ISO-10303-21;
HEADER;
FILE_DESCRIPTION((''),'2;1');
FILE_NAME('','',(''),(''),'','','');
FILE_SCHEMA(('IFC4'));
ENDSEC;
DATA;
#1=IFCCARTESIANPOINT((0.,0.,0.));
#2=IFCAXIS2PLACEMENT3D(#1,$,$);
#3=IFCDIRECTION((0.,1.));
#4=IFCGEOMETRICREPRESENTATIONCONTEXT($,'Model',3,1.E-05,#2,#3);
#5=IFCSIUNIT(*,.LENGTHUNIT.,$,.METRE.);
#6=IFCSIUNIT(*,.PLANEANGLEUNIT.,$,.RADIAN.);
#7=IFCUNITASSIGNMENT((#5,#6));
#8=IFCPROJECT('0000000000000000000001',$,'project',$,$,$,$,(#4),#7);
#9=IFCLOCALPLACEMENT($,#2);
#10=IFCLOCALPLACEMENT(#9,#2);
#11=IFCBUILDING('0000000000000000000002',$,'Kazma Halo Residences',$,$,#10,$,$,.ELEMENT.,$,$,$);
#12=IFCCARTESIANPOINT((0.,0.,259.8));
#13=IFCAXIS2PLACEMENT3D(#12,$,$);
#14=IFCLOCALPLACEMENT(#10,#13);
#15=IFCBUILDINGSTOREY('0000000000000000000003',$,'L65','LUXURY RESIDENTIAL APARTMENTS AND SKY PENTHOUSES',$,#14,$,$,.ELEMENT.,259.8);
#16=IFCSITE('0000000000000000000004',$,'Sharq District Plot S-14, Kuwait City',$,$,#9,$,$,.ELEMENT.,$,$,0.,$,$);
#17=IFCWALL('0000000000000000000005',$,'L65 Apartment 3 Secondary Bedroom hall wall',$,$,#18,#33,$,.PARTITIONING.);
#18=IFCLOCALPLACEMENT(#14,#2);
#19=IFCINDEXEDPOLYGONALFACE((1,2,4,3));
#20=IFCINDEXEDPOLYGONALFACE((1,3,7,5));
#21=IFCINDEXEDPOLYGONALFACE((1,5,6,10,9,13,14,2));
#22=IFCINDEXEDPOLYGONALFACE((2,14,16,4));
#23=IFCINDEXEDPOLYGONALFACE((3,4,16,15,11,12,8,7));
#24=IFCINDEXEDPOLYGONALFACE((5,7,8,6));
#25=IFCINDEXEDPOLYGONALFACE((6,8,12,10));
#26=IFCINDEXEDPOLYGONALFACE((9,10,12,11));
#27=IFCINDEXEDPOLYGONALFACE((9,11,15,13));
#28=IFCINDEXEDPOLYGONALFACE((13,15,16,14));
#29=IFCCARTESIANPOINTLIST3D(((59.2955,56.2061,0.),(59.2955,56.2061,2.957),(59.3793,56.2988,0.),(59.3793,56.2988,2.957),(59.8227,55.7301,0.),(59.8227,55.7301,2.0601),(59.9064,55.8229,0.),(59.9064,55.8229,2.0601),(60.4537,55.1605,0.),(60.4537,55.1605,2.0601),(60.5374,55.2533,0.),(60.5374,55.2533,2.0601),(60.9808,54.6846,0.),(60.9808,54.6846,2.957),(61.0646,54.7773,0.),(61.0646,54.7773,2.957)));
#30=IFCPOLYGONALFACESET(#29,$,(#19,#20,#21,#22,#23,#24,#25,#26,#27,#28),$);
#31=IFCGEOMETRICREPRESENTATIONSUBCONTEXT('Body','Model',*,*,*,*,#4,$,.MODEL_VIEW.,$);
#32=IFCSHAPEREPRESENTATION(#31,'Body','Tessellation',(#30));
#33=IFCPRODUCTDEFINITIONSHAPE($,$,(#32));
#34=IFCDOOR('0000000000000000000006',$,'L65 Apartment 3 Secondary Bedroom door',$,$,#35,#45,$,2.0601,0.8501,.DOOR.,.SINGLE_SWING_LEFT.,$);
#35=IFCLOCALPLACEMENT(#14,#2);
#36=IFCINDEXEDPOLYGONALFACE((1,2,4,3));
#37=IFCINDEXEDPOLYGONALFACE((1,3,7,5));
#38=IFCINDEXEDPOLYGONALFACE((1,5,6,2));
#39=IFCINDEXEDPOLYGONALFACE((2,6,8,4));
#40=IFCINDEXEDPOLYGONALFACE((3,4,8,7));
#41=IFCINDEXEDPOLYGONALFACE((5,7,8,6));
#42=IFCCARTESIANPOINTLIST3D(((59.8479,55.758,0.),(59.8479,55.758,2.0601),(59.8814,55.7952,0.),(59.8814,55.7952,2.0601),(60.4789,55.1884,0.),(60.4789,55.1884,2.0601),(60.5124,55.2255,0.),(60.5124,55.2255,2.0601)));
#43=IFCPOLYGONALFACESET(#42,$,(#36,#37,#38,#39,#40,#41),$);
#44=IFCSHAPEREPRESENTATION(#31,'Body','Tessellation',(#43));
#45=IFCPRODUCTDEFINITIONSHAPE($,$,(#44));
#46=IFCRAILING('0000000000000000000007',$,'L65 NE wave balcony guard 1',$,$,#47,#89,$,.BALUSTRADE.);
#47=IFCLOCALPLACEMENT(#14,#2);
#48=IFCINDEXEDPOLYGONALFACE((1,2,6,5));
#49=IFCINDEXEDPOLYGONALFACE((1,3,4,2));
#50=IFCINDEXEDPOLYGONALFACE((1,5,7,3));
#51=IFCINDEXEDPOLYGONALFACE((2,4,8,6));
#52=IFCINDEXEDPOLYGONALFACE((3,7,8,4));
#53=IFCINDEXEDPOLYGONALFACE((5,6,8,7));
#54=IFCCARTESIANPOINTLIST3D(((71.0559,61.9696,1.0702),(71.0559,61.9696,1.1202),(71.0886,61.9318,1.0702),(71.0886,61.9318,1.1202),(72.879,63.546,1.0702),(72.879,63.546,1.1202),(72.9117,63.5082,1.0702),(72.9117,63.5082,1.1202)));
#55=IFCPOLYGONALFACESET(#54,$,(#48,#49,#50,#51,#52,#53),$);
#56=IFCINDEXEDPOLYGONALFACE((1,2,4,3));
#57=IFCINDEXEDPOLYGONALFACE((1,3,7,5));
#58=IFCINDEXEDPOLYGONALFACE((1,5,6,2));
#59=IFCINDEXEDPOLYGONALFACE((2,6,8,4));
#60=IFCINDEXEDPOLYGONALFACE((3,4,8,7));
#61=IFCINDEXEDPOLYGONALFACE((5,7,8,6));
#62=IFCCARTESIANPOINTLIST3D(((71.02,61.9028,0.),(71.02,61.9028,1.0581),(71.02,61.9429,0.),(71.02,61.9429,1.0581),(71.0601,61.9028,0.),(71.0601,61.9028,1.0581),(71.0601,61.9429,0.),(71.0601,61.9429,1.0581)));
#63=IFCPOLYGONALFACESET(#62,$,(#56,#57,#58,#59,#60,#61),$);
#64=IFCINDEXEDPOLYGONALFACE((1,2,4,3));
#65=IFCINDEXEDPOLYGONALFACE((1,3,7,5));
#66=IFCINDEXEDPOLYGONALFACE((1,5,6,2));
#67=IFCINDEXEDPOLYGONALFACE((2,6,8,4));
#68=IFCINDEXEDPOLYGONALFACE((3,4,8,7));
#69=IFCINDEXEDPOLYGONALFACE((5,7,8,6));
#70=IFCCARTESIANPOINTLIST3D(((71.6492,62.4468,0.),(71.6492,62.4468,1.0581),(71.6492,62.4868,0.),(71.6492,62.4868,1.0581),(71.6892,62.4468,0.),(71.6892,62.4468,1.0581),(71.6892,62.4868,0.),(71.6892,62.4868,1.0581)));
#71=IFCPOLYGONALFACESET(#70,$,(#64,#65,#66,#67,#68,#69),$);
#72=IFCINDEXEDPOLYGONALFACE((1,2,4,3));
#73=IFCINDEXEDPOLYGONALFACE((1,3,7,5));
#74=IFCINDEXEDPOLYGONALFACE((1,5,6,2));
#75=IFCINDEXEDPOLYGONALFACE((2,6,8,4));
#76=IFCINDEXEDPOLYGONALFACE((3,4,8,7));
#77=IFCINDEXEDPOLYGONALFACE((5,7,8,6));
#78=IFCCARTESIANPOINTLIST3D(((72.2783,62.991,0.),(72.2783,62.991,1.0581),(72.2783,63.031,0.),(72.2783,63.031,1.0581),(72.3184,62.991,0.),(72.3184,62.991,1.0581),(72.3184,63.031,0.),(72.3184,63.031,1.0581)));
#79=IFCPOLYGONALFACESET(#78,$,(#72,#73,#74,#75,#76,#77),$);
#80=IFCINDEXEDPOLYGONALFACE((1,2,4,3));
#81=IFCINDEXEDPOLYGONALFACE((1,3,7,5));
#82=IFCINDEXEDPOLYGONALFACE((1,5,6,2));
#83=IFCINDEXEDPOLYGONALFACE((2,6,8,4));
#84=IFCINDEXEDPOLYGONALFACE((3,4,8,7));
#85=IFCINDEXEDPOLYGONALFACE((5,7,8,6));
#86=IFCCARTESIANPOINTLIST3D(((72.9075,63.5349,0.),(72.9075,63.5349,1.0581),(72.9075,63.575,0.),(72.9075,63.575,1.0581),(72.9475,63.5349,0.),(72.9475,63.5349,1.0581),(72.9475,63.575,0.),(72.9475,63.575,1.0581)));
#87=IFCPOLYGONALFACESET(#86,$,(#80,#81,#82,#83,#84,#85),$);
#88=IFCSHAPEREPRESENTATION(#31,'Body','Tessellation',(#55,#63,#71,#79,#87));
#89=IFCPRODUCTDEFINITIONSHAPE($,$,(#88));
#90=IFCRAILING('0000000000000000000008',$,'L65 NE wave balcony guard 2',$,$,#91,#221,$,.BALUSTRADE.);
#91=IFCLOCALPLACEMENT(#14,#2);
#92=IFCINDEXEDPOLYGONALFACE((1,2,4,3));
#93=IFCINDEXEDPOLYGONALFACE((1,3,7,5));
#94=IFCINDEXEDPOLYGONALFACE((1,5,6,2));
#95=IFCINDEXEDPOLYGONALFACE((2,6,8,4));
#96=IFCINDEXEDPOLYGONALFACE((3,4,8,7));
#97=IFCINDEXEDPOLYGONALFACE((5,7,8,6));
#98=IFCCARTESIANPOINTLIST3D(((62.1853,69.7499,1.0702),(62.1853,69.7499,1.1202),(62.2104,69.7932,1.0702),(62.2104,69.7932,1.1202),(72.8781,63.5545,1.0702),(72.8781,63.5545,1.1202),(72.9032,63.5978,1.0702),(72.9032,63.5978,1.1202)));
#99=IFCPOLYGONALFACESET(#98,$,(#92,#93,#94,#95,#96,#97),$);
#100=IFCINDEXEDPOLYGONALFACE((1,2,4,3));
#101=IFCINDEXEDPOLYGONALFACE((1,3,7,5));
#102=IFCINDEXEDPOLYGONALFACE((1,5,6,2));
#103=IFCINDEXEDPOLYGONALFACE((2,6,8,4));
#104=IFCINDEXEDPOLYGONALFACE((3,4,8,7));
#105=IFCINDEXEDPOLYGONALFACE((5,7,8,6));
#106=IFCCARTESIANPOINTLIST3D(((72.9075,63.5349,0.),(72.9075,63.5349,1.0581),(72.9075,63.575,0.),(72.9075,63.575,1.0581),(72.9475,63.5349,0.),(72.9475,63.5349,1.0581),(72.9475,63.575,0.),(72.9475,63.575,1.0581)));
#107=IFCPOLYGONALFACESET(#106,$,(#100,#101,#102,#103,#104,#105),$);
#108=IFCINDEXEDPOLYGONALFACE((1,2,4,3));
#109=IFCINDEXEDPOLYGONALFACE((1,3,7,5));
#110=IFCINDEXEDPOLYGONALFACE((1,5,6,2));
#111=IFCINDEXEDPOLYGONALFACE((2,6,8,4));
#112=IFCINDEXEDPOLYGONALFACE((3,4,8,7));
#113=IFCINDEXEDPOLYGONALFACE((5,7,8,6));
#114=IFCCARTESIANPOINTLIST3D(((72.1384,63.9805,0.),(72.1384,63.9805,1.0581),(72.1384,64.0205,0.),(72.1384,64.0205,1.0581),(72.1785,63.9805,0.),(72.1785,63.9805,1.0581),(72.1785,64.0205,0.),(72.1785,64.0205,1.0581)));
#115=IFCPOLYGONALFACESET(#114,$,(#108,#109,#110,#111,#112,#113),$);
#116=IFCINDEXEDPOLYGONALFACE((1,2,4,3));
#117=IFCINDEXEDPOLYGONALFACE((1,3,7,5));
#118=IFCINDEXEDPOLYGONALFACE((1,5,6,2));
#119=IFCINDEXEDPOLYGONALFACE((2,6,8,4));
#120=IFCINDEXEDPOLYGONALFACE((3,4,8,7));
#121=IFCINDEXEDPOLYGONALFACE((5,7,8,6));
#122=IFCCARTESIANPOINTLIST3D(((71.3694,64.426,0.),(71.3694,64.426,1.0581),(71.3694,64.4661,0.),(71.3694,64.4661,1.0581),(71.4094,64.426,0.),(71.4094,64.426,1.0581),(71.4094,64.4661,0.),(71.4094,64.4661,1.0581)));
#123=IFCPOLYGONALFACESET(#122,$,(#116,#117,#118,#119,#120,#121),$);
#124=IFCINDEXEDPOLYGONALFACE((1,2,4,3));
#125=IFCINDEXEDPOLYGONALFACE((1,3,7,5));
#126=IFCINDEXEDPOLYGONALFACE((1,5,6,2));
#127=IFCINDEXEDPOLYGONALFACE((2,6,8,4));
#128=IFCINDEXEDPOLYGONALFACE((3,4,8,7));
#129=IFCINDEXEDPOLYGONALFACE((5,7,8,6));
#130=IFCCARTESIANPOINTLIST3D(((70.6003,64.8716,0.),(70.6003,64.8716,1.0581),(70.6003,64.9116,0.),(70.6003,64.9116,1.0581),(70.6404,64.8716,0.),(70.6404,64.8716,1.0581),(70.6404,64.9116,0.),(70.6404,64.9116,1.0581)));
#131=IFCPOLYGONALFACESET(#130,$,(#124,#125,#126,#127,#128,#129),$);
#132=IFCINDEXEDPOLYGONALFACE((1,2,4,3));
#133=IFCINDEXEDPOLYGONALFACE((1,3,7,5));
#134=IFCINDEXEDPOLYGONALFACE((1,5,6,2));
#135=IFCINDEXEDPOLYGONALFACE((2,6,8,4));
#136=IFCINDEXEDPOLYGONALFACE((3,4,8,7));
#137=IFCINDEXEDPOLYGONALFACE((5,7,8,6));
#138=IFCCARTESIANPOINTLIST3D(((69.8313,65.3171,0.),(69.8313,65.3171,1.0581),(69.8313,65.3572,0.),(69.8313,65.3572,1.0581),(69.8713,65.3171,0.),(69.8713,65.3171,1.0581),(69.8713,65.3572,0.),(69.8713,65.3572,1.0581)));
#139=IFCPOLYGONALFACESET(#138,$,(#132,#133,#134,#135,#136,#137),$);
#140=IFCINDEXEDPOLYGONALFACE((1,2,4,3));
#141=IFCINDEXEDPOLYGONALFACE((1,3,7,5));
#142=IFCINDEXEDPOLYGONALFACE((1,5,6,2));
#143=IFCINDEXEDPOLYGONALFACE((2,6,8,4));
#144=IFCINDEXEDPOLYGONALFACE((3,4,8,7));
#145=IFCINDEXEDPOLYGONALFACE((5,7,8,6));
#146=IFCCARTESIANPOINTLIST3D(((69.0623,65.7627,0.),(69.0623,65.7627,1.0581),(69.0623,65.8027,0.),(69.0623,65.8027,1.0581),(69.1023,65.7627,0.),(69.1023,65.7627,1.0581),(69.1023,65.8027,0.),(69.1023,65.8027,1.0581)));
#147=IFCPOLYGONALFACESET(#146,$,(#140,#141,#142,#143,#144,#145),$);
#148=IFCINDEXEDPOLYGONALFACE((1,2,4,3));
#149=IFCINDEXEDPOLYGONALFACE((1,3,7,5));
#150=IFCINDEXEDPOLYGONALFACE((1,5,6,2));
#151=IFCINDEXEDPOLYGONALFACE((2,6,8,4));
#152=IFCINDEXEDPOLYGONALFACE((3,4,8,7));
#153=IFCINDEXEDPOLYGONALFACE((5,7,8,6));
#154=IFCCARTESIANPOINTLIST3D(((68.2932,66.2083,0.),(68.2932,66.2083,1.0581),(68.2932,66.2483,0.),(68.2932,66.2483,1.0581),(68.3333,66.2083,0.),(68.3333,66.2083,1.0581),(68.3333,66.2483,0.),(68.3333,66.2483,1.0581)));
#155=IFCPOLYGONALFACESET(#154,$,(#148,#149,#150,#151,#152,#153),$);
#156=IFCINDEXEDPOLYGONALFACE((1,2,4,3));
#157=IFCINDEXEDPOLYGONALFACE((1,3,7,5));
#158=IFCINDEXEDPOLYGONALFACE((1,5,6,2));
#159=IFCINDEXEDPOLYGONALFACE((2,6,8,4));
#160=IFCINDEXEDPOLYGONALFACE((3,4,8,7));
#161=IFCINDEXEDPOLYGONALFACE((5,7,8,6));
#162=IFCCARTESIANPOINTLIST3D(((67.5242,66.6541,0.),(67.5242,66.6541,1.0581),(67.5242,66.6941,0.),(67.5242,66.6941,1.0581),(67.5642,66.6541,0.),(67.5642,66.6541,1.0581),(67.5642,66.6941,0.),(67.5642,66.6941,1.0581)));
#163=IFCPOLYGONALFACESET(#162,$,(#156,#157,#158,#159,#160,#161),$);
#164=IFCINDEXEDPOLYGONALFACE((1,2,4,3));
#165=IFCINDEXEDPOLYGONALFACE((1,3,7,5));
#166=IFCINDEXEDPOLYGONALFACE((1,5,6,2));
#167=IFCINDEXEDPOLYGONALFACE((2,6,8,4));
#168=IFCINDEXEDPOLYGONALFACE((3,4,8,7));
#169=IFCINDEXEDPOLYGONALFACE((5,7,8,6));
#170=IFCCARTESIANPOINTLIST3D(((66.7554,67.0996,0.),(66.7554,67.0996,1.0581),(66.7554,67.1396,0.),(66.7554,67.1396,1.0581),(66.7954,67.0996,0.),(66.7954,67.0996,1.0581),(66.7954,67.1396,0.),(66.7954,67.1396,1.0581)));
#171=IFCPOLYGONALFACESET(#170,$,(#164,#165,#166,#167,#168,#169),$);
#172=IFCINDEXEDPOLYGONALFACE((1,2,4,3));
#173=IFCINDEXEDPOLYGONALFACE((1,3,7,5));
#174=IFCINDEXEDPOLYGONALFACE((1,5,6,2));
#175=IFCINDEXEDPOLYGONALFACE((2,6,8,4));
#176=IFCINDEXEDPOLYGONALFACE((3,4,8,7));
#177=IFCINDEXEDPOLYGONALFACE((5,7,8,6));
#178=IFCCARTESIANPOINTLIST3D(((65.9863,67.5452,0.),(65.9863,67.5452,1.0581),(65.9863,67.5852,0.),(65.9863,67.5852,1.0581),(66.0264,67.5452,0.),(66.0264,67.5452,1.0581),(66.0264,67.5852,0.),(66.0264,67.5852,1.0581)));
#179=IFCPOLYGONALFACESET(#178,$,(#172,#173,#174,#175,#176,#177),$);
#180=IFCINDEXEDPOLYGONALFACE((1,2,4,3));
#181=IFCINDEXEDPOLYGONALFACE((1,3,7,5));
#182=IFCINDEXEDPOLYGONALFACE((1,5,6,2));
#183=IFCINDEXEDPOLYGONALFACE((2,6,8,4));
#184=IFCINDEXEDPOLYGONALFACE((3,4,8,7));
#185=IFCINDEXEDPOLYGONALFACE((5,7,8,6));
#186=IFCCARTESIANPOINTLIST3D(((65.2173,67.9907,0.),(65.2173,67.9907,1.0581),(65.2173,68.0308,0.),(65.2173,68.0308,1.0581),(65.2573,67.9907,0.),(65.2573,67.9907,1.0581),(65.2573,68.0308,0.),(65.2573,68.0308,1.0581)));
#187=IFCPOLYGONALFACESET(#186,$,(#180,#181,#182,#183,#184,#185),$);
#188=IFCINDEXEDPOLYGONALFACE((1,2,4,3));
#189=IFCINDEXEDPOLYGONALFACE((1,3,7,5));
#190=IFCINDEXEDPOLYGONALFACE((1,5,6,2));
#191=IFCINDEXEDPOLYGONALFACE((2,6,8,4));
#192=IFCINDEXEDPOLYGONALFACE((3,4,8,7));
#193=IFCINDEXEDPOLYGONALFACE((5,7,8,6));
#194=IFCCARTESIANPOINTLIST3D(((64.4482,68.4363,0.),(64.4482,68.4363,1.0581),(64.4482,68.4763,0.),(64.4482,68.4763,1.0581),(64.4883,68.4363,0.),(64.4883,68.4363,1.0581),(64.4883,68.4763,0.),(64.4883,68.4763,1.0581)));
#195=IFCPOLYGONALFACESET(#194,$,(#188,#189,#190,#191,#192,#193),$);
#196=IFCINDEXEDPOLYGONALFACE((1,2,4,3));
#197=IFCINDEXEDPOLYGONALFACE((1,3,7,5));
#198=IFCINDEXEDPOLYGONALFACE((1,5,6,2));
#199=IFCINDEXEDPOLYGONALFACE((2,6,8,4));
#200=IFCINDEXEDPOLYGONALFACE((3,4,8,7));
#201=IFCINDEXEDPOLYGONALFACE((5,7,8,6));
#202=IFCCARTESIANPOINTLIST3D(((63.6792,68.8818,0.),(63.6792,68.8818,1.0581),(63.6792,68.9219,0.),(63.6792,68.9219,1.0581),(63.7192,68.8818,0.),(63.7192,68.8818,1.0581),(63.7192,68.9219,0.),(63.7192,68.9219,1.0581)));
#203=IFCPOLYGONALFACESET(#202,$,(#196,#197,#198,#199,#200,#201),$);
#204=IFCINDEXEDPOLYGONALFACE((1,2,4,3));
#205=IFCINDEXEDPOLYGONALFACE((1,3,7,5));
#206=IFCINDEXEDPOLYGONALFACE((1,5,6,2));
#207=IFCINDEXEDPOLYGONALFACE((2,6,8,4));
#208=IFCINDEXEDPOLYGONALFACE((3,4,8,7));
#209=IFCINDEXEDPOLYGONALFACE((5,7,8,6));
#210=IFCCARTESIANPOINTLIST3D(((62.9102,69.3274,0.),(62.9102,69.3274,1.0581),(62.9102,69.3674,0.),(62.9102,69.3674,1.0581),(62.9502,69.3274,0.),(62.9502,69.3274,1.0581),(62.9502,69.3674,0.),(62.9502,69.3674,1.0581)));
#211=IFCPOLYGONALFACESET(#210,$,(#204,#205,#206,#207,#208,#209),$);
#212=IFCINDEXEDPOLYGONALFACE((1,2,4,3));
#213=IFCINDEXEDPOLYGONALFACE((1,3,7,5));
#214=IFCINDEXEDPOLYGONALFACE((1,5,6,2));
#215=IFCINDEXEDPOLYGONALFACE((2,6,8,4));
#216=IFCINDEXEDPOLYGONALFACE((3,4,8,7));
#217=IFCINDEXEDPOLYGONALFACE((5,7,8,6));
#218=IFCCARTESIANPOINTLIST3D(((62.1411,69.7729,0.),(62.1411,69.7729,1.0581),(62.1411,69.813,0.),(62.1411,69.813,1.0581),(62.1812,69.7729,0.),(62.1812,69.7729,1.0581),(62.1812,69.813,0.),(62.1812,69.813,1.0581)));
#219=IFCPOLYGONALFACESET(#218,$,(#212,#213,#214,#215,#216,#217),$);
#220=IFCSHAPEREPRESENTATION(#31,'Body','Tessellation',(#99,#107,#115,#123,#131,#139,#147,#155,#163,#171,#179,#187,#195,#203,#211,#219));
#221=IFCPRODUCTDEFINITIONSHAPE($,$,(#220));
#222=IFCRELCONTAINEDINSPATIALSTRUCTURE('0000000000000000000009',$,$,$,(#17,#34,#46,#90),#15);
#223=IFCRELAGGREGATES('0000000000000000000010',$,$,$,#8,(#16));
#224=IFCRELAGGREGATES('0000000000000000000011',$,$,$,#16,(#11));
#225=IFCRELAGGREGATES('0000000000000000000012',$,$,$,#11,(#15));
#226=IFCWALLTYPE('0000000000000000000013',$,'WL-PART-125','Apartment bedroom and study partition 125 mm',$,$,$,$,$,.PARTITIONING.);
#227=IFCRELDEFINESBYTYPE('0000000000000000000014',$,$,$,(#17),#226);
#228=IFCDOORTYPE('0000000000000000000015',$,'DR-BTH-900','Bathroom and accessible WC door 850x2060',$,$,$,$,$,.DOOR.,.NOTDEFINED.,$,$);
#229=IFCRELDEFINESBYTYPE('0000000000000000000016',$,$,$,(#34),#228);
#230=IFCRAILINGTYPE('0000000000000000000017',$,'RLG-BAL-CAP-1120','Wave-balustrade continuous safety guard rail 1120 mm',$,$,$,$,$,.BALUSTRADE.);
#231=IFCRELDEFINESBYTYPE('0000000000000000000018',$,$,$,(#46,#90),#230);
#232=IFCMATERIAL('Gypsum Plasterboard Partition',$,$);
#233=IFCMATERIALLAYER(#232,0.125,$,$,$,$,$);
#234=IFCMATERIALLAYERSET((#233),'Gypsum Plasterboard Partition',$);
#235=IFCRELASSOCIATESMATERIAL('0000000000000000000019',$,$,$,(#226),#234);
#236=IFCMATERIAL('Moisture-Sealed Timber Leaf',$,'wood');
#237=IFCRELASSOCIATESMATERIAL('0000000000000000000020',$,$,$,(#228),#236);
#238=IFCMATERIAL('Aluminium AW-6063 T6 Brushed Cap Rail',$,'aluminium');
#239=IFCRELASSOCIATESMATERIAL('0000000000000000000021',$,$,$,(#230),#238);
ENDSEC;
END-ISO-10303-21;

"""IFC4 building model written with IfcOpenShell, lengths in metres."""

from ifc_helpers import new_model, si_unit, direction, frame, frame_2d, origin, origin_2d, place, context, subcontext, project, spatial, rectangle, extrude, material, layer, layer_set, type_object, element, fill, save


model = new_model("IFC4")

# Units and contexts
model_context = context("Model", 3, precision=1e-05, world=origin(), true_north=direction((0.0, 1.0)))
body_context = subcontext(model_context, "Body", "Model", "MODEL_VIEW")
ifc_project = project(units=[si_unit("LENGTHUNIT", "METRE"), si_unit("PLANEANGLEUNIT", "RADIAN")], contexts=[model_context])

# Site, building, storey
site_placement = place(None, origin())
site = spatial("IfcSite", under=ifc_project, at=site_placement, Name="Sharq District Plot S-14, Kuwait City", CompositionType="ELEMENT", RefElevation=0.0)
building_placement = place(site_placement, origin())
building = spatial("IfcBuilding", under=site, at=building_placement, Name="Kazma Halo Residences", CompositionType="ELEMENT")
storey_placement = place(building_placement, frame((0.0, 0.0, 259.8)))
storey = spatial("IfcBuildingStorey", under=building, at=storey_placement, Name="L65", Description="LUXURY RESIDENTIAL APARTMENTS AND SKY PENTHOUSES", CompositionType="ELEMENT", Elevation=259.8)

# Shared definitions
ifc_material_1 = material(Name="Gypsum Plasterboard Partition")
ifc_layer_1 = layer(ifc_material_1, 0.125)
ifc_layer_set_1 = layer_set([ifc_layer_1], Name="Gypsum Plasterboard Partition")
wall_type_1 = type_object("IfcWallType", Name="WL-PART-125", Description="Apartment bedroom and study partition 125 mm", PredefinedType="PARTITIONING", material=ifc_layer_set_1)

# Wall, opening, door
wall_1_placement = place(storey_placement, frame((61.0227, 54.731, 0.0), z_axis=(0.0, 0.0, 1.0), x_axis=(-0.742261, 0.67011, 0.0)))
wall_1 = element("IfcWall", 1, at=wall_1_placement, inside=storey, type_object=wall_type_1, Name="L65 Apartment 3 Secondary Bedroom hall wall", PredefinedType="PARTITIONING", context=body_context, shape_type="SweptSolid", body=[
    extrude(rectangle(XDim=2.2705, YDim=0.125, at=frame_2d((1.1353, 0.0))), origin(), (0.0, 0.0, 1.0), 2.957),
])
opening_1_placement = place(wall_1_placement, frame((0.7102, 0.0, 0.0)))
opening_1 = element("IfcOpeningElement", 2, at=opening_1_placement, cuts=wall_1, PredefinedType="OPENING", context=body_context, shape_type="SweptSolid", body=[
    extrude(rectangle(XDim=0.8501, YDim=2.0601, at=frame_2d((0.425, 1.03))), frame((0.0, 0.0725, 0.0), z_axis=(0.0, -1.0, 0.0), x_axis=(1.0, 0.0, 0.0)), (0.0, 0.0, 1.0), 0.145),
])
ifc_material_2 = material(Name="Moisture-Sealed Timber Leaf", Category="wood")
door_type_1 = type_object("IfcDoorType", Name="DR-BTH-900", Description="Bathroom and accessible WC door 850x2060", OperationType="NOTDEFINED", PredefinedType="DOOR", material=ifc_material_2)
door_1_placement = place(opening_1_placement, origin())
door_1 = element("IfcDoor", 3, at=door_1_placement, inside=storey, type_object=door_type_1, Name="L65 Apartment 3 Secondary Bedroom door", OperationType="SINGLE_SWING_LEFT", OverallHeight=2.0601, OverallWidth=0.8501, PredefinedType="DOOR", context=body_context, shape_type="SweptSolid", body=[
    extrude(rectangle(XDim=0.8501, YDim=2.0601, at=frame_2d((0.425, 1.03))), frame((0.0, 0.0249, 0.0), z_axis=(0.0, -1.0, 0.0), x_axis=(1.0, 0.0, 0.0)), (0.0, 0.0, 1.0), 0.05),
])
fill(opening_1, door_1)

# Railings
ifc_material_3 = material(Name="Aluminium AW-6063 T6 Brushed Cap Rail", Category="aluminium")
railing_type = type_object("IfcRailingType", Name="RLG-BAL-CAP-1120", Description="Wave-balustrade continuous safety guard rail 1120 mm", PredefinedType="BALUSTRADE", material=ifc_material_3)
railing_1_placement = place(storey_placement, frame((71.04, 61.9229, 0.0)))
element("IfcRailing", 4, at=railing_1_placement, inside=storey, type_object=railing_type, Name="L65 NE wave balcony guard 1", PredefinedType="BALUSTRADE", context=body_context, shape_type="SweptSolid", body=[
    extrude(rectangle(XDim=0.05, YDim=0.05, at=origin_2d()), frame((0.0322, 0.0278, 1.0952), z_axis=(0.756425, 0.654081, 0.0), x_axis=(-0.654081, 0.756425, 0.0)), (0.0, 0.0, 1.0), 2.4102),
    extrude(rectangle(XDim=0.04, YDim=0.04, at=origin_2d()), origin(), (0.0, 0.0, 1.0), 1.0581),
    extrude(rectangle(XDim=0.04, YDim=0.04, at=origin_2d()), frame((0.6292, 0.5439, 0.0)), (0.0, 0.0, 1.0), 1.0581),
    extrude(rectangle(XDim=0.04, YDim=0.04, at=origin_2d()), frame((1.2583, 1.0881, 0.0)), (0.0, 0.0, 1.0), 1.0581),
    extrude(rectangle(XDim=0.04, YDim=0.04, at=origin_2d()), frame((1.8875, 1.6321, 0.0)), (0.0, 0.0, 1.0), 1.0581),
])
railing_2_placement = place(storey_placement, frame((72.9275, 63.5549, 0.0)))
element("IfcRailing", 5, at=railing_2_placement, inside=storey, type_object=railing_type, Name="L65 NE wave balcony guard 2", PredefinedType="BALUSTRADE", context=body_context, shape_type="SweptSolid", body=[
    extrude(rectangle(XDim=0.05, YDim=0.05, at=origin_2d()), frame((-0.0369, 0.0212, 1.0952), z_axis=(-0.865256, 0.50133, 0.0), x_axis=(-0.50133, -0.865256, 0.0)), (0.0, 0.0, 1.0), 12.3579),
    extrude(rectangle(XDim=0.04, YDim=0.04, at=origin_2d()), origin(), (0.0, 0.0, 1.0), 1.0581),
    extrude(rectangle(XDim=0.04, YDim=0.04, at=origin_2d()), frame((-0.769, 0.4456, 0.0)), (0.0, 0.0, 1.0), 1.0581),
    extrude(rectangle(XDim=0.04, YDim=0.04, at=origin_2d()), frame((-1.5381, 0.8911, 0.0)), (0.0, 0.0, 1.0), 1.0581),
    extrude(rectangle(XDim=0.04, YDim=0.04, at=origin_2d()), frame((-2.3071, 1.3367, 0.0)), (0.0, 0.0, 1.0), 1.0581),
    extrude(rectangle(XDim=0.04, YDim=0.04, at=origin_2d()), frame((-3.0762, 1.7822, 0.0)), (0.0, 0.0, 1.0), 1.0581),
    extrude(rectangle(XDim=0.04, YDim=0.04, at=origin_2d()), frame((-3.8452, 2.2278, 0.0)), (0.0, 0.0, 1.0), 1.0581),
    extrude(rectangle(XDim=0.04, YDim=0.04, at=origin_2d()), frame((-4.6143, 2.6733, 0.0)), (0.0, 0.0, 1.0), 1.0581),
    extrude(rectangle(XDim=0.04, YDim=0.04, at=origin_2d()), frame((-5.3833, 3.1191, 0.0)), (0.0, 0.0, 1.0), 1.0581),
    extrude(rectangle(XDim=0.04, YDim=0.04, at=origin_2d()), frame((-6.1521, 3.5647, 0.0)), (0.0, 0.0, 1.0), 1.0581),
    extrude(rectangle(XDim=0.04, YDim=0.04, at=origin_2d()), frame((-6.9211, 4.0103, 0.0)), (0.0, 0.0, 1.0), 1.0581),
    extrude(rectangle(XDim=0.04, YDim=0.04, at=origin_2d()), frame((-7.6902, 4.4558, 0.0)), (0.0, 0.0, 1.0), 1.0581),
    extrude(rectangle(XDim=0.04, YDim=0.04, at=origin_2d()), frame((-8.4592, 4.9014, 0.0)), (0.0, 0.0, 1.0), 1.0581),
    extrude(rectangle(XDim=0.04, YDim=0.04, at=origin_2d()), frame((-9.2283, 5.3469, 0.0)), (0.0, 0.0, 1.0), 1.0581),
    extrude(rectangle(XDim=0.04, YDim=0.04, at=origin_2d()), frame((-9.9973, 5.7925, 0.0)), (0.0, 0.0, 1.0), 1.0581),
    extrude(rectangle(XDim=0.04, YDim=0.04, at=origin_2d()), frame((-10.7664, 6.238, 0.0)), (0.0, 0.0, 1.0), 1.0581),
])

save(model, "model.ifc")
